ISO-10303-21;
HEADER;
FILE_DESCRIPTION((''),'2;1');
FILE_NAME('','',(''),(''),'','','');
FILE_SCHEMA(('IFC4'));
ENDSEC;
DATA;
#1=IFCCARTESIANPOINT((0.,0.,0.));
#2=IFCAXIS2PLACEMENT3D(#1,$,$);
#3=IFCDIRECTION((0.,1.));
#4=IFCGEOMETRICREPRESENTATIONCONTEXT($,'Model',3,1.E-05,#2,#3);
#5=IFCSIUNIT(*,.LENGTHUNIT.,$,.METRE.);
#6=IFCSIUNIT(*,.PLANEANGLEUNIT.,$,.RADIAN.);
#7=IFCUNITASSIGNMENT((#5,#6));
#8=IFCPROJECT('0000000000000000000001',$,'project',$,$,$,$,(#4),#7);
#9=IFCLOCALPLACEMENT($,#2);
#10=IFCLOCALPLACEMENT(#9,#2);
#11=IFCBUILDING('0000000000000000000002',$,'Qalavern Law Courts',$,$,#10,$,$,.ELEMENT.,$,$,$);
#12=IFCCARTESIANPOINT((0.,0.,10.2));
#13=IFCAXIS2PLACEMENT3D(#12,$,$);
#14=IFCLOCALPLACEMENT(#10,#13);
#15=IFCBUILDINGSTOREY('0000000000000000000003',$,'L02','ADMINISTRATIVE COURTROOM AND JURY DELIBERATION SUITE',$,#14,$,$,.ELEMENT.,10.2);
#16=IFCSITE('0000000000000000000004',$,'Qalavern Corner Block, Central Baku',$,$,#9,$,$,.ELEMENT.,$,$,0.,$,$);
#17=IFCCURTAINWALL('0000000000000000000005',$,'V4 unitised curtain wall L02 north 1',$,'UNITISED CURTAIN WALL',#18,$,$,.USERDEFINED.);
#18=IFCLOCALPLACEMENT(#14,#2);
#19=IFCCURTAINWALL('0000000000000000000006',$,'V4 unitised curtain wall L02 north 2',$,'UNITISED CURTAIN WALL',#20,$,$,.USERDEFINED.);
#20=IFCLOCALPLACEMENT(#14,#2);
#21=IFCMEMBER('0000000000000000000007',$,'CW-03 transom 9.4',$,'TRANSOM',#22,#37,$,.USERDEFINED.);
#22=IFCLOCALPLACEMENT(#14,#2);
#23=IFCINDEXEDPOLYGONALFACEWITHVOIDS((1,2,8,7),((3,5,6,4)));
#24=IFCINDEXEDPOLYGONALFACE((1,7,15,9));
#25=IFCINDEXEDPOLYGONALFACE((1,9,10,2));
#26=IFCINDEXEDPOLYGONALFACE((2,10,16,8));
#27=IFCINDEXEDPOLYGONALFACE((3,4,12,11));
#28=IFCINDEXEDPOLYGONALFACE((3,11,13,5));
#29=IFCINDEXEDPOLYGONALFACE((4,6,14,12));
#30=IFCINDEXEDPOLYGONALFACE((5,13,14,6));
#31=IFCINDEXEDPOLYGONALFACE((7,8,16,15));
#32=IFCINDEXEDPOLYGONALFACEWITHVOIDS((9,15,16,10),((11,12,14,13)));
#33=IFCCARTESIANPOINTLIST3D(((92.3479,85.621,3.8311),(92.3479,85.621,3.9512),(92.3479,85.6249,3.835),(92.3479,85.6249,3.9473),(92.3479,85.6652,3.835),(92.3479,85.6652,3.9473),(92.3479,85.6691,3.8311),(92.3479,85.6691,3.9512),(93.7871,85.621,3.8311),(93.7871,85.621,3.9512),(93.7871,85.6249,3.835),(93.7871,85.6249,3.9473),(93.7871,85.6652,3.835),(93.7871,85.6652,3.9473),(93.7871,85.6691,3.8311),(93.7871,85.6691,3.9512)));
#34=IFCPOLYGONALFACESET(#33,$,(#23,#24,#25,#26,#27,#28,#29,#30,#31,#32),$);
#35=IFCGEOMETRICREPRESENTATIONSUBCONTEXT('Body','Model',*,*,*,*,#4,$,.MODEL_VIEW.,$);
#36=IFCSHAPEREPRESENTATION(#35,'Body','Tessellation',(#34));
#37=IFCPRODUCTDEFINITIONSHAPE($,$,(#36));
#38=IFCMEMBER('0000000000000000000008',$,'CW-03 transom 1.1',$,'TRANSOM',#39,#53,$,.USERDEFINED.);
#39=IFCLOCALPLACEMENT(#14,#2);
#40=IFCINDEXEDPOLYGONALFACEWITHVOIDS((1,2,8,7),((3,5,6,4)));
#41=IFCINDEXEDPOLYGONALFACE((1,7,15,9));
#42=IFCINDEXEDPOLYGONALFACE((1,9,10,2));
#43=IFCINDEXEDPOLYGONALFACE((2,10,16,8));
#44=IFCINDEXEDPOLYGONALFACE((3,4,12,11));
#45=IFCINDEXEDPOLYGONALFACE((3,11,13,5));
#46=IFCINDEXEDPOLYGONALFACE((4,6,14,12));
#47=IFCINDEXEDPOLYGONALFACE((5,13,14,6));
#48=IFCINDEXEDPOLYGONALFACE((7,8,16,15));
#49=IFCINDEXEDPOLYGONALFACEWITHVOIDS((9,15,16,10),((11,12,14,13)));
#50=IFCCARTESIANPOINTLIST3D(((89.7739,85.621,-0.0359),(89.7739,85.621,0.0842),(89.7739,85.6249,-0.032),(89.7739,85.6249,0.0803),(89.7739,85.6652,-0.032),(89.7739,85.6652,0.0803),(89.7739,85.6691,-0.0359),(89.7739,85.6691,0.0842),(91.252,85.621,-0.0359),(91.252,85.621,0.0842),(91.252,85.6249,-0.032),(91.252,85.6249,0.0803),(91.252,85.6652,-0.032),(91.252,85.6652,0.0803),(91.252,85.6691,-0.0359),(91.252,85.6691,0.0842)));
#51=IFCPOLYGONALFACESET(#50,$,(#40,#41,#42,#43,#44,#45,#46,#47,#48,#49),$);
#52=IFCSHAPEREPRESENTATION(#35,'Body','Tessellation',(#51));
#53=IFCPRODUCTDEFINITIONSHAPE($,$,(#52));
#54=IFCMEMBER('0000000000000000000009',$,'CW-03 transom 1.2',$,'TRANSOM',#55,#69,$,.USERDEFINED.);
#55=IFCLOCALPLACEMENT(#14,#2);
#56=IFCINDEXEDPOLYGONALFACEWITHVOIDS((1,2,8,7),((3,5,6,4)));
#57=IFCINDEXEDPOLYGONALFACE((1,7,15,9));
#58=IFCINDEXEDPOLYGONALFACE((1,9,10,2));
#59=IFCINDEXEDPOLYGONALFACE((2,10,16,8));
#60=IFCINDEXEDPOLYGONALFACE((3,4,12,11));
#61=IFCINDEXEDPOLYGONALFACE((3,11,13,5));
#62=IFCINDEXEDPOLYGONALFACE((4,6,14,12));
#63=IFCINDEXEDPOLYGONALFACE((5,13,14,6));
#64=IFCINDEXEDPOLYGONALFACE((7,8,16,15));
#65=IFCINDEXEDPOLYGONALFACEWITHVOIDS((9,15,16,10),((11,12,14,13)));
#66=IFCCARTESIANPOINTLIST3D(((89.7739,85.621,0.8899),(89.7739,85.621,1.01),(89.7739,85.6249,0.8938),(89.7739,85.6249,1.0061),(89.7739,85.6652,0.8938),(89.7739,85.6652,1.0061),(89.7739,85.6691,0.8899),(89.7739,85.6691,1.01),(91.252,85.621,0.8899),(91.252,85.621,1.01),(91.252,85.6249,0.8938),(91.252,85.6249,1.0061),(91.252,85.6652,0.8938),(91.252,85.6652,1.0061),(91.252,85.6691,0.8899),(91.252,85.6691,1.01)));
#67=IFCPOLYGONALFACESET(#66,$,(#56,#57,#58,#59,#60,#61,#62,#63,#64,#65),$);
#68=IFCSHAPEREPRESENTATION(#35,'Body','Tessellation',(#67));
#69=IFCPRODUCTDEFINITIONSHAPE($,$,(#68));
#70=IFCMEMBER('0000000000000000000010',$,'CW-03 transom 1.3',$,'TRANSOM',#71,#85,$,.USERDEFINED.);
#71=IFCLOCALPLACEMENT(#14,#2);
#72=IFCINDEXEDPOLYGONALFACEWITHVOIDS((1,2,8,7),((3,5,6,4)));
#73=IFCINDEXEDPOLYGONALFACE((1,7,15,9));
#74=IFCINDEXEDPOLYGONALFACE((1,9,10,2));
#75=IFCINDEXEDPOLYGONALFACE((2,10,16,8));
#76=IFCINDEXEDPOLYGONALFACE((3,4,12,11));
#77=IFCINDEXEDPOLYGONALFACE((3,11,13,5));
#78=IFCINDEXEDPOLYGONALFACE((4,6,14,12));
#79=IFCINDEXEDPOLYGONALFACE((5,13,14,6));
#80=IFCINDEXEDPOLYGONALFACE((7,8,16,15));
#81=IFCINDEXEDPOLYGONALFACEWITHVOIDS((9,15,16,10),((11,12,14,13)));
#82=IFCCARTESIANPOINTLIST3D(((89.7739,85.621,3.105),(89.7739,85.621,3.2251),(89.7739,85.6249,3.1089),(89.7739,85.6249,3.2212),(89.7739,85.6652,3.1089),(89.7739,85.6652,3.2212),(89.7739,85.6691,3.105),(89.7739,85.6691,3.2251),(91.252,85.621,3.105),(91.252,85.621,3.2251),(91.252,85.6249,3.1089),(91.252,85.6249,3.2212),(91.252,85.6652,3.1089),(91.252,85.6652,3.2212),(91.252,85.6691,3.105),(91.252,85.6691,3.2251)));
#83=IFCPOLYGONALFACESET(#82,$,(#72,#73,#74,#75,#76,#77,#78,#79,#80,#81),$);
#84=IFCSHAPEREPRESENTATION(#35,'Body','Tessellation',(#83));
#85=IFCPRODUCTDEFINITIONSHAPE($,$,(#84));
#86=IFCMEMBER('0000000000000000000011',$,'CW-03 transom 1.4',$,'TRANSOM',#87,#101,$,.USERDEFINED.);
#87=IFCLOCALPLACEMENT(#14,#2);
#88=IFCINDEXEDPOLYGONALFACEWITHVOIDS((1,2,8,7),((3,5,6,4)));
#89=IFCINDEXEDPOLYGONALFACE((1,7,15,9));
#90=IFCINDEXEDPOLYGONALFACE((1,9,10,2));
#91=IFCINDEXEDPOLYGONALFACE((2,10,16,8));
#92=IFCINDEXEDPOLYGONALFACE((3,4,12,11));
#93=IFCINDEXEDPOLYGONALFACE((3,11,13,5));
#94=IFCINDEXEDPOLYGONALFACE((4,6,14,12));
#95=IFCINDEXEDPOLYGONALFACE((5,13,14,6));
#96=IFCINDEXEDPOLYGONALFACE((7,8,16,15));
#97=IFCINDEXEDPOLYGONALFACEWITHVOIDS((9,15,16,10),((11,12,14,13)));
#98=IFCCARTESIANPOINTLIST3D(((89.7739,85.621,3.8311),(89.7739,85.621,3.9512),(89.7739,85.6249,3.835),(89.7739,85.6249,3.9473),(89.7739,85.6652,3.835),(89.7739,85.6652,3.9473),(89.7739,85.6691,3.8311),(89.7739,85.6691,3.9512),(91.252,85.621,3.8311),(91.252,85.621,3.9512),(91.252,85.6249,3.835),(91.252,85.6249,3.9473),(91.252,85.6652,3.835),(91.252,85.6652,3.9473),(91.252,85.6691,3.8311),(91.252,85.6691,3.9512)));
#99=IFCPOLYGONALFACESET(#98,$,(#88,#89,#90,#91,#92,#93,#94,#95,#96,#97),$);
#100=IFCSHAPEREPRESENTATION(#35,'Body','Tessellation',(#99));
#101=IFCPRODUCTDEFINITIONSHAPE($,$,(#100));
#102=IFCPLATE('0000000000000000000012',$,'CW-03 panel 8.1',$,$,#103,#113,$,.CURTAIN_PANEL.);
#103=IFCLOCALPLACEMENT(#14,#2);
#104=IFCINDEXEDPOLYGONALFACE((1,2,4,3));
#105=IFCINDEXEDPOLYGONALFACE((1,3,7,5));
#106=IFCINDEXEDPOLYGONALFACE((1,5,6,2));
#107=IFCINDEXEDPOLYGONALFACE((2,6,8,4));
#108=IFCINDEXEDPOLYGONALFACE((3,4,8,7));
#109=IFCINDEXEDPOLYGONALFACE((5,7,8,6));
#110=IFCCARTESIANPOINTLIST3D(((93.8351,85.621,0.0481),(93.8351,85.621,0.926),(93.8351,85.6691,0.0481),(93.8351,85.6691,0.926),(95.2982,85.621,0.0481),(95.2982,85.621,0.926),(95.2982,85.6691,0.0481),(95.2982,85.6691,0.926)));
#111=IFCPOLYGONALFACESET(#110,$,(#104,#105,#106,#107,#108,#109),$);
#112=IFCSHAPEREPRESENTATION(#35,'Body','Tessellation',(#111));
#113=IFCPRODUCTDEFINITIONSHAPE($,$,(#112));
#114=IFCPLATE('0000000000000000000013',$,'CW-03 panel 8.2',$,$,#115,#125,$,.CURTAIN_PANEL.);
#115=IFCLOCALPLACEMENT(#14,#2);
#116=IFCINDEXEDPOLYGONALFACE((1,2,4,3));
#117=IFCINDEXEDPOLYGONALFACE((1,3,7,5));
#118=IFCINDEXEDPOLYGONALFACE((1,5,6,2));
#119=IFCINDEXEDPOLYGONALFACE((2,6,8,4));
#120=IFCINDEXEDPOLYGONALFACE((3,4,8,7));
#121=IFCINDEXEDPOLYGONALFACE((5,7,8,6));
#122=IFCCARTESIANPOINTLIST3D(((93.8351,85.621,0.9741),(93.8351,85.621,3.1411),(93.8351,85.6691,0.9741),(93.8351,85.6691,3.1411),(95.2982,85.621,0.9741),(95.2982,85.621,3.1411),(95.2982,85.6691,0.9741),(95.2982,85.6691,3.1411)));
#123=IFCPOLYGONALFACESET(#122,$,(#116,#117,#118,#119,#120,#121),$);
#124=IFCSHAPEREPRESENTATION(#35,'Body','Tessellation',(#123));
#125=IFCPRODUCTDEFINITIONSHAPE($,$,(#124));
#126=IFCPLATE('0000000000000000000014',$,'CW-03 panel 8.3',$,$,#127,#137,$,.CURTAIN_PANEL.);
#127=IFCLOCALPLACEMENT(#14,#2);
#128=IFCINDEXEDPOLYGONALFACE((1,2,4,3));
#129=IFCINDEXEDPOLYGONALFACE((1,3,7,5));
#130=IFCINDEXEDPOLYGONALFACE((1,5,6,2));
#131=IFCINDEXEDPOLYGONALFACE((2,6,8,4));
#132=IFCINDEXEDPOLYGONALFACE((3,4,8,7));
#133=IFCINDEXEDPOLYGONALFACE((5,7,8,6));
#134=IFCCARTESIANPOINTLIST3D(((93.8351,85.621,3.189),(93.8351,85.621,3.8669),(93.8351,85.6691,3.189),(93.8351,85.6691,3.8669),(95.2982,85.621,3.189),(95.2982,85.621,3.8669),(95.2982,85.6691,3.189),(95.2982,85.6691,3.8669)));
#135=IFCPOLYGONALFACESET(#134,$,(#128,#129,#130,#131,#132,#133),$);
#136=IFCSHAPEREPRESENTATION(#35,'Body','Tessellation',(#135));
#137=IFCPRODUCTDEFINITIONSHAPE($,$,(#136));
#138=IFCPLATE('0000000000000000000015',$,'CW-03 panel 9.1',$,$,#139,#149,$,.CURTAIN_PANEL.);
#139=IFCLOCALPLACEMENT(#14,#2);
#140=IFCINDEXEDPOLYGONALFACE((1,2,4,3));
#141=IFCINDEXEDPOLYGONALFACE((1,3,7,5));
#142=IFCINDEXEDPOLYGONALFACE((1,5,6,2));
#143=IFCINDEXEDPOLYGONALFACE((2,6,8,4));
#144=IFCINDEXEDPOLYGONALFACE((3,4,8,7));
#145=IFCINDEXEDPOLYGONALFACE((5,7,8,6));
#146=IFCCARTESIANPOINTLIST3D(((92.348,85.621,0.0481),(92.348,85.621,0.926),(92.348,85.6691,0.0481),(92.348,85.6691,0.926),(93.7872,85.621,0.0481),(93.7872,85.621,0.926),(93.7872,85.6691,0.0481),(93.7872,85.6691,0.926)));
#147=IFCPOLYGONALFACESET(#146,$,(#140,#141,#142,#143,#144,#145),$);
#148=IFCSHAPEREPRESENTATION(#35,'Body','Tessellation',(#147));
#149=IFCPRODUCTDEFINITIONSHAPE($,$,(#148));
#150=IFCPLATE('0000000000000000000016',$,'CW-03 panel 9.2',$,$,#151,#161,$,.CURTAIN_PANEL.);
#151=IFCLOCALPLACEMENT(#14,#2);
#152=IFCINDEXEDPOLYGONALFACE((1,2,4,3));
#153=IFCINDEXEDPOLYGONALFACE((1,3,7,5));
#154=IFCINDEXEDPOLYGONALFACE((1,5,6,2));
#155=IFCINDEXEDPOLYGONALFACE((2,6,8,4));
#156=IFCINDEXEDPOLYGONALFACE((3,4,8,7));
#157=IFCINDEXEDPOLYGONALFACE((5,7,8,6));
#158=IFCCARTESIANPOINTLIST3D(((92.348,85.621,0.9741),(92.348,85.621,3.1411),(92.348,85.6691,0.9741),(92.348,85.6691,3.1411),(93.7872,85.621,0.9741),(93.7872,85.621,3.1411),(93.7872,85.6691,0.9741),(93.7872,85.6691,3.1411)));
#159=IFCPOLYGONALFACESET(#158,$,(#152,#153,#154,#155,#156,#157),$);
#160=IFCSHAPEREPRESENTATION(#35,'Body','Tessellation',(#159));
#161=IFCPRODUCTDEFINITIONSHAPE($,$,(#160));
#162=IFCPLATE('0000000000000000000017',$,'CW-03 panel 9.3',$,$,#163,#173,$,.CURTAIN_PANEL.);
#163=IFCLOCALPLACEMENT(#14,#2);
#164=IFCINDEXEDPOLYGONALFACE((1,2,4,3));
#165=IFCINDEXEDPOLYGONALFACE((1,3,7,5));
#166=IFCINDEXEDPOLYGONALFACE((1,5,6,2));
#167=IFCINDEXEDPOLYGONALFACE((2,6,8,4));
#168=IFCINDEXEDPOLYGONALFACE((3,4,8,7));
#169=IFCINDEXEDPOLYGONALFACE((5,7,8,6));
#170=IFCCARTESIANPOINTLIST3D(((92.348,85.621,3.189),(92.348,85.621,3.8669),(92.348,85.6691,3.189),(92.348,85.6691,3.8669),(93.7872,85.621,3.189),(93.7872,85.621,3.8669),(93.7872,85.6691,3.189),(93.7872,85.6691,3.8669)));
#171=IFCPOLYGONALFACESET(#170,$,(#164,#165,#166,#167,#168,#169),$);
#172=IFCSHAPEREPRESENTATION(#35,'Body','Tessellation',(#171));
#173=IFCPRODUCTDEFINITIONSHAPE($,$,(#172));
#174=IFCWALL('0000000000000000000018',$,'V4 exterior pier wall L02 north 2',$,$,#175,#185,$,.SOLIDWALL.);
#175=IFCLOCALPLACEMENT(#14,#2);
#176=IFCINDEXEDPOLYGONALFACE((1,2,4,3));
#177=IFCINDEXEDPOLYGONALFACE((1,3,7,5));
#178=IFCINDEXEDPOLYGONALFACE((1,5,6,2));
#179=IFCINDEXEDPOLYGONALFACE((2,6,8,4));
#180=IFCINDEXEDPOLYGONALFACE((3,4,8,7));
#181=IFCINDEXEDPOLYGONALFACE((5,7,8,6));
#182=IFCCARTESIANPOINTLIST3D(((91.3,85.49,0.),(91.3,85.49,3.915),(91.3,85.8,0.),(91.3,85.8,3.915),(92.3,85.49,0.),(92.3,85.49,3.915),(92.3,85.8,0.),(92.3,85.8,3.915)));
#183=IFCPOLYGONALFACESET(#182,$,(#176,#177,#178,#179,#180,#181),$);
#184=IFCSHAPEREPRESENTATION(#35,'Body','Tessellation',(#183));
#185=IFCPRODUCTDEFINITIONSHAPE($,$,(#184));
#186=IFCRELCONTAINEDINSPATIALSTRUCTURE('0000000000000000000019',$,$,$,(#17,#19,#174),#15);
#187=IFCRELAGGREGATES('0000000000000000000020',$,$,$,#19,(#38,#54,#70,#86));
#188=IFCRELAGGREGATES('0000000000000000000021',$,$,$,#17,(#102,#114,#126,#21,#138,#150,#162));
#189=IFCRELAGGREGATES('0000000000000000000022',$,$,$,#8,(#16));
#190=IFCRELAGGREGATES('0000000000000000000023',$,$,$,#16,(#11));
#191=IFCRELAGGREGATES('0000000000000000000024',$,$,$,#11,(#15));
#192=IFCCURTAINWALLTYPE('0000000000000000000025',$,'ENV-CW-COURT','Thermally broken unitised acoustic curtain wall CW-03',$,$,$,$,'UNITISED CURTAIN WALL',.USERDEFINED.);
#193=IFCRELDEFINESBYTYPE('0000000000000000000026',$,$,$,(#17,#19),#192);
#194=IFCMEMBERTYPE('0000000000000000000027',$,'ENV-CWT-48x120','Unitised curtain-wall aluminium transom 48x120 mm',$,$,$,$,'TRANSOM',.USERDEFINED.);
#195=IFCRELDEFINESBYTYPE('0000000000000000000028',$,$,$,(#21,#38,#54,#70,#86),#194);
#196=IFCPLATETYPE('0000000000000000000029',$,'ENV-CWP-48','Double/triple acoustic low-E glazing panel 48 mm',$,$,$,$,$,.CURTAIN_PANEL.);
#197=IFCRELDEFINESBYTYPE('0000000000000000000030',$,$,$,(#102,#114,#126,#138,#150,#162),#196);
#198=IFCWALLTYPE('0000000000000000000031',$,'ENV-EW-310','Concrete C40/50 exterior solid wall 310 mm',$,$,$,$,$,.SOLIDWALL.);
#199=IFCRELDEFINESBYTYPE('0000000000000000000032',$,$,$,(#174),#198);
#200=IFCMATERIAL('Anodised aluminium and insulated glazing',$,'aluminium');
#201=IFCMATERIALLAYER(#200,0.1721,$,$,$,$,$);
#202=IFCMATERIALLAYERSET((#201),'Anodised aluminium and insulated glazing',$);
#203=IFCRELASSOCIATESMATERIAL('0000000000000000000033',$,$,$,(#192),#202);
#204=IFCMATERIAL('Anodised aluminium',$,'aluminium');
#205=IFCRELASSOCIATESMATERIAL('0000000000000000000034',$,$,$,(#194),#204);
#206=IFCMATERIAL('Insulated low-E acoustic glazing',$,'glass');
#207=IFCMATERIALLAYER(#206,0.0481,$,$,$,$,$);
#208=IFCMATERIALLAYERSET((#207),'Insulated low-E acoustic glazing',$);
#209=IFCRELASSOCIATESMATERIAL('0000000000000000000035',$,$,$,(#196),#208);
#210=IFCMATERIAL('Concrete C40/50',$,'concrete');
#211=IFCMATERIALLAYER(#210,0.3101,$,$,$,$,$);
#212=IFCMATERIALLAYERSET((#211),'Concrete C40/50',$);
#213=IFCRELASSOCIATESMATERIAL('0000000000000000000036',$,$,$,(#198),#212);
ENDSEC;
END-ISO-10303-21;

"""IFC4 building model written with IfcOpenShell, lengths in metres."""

from ifc_helpers import new_model, si_unit, direction, frame, frame_2d, origin, origin_2d, place, context, subcontext, project, spatial, rectangle, hollow_rectangle, extrude, material, layer, layer_set, material_profile, profile_set, type_object, element, aggregate, save


model = new_model("IFC4")

# Units and contexts
model_context = context("Model", 3, precision=1e-05, world=origin(), true_north=direction((0.0, 1.0)))
body_context = subcontext(model_context, "Body", "Model", "MODEL_VIEW")
ifc_project = project(units=[si_unit("LENGTHUNIT", "METRE"), si_unit("PLANEANGLEUNIT", "RADIAN")], contexts=[model_context])

# Site, building, storey
site_placement = place(None, origin())
site = spatial("IfcSite", under=ifc_project, at=site_placement, Name="Qalavern Corner Block, Central Baku", CompositionType="ELEMENT", RefElevation=0.0)
building_placement = place(site_placement, origin())
building = spatial("IfcBuilding", under=site, at=building_placement, Name="Qalavern Law Courts", CompositionType="ELEMENT")
storey_placement = place(building_placement, frame((0.0, 0.0, 10.2)))
storey = spatial("IfcBuildingStorey", under=building, at=storey_placement, Name="L02", Description="ADMINISTRATIVE COURTROOM AND JURY DELIBERATION SUITE", CompositionType="ELEMENT", Elevation=10.2)

# Curtain wall
ifc_material_1 = material(Name="Anodised aluminium and insulated glazing", Category="aluminium")
ifc_layer_1 = layer(ifc_material_1, 0.1721)
ifc_layer_set_1 = layer_set([ifc_layer_1], Name="Anodised aluminium and insulated glazing")
curtain_wall_type = type_object("IfcCurtainWallType", Name="ENV-CW-COURT", Description="Thermally broken unitised acoustic curtain wall CW-03", ElementType="UNITISED CURTAIN WALL", PredefinedType="USERDEFINED", material=ifc_layer_set_1)
curtain_wall_1_placement = place(storey_placement, origin())
curtain_wall_1 = element("IfcCurtainWall", 1, at=curtain_wall_1_placement, inside=storey, type_object=curtain_wall_type, Name="V4 unitised curtain wall L02 north 1", ObjectType="UNITISED CURTAIN WALL", PredefinedType="USERDEFINED")
ifc_material_2 = material(Name="Anodised aluminium", Category="aluminium")

# Curtain wall
curtain_wall_2_placement = place(storey_placement, origin())
curtain_wall_2 = element("IfcCurtainWall", 2, at=curtain_wall_2_placement, inside=storey, type_object=curtain_wall_type, Name="V4 unitised curtain wall L02 north 2", ObjectType="UNITISED CURTAIN WALL", PredefinedType="USERDEFINED")

# Members
ifc_material_profile_1 = material_profile(ifc_material_2, hollow_rectangle(XDim=0.0481, YDim=0.1201, WallThickness=0.0039, at=origin_2d()), Name="ALU TRANSOM 48x120")
ifc_profile_set_1 = profile_set([ifc_material_profile_1], Name="Anodised aluminium")
member_type_1 = type_object("IfcMemberType", Name="ENV-CWT-48x120", Description="Unitised curtain-wall aluminium transom 48x120 mm", ElementType="TRANSOM", PredefinedType="USERDEFINED", material=ifc_profile_set_1)
member_1_placement = place(storey_placement, frame((93.7871, 85.645, 3.8911), z_axis=(-1.0, 0.0, 0.0), x_axis=(0.0, -1.0, 0.0)))
member_1 = element("IfcMember", 3, at=member_1_placement, type_object=member_type_1, Name="CW-03 transom 9.4", ObjectType="TRANSOM", PredefinedType="USERDEFINED", context=body_context, shape_type="SweptSolid", body=[
    extrude(hollow_rectangle(XDim=0.0481, YDim=0.1201, WallThickness=0.0039, at=origin_2d()), origin(), (0.0, 0.0, 1.0), 1.4392),
])
member_2_placement = place(storey_placement, frame((91.252, 85.645, 0.0242), z_axis=(-1.0, 0.0, 0.0), x_axis=(0.0, -1.0, 0.0)))
member_2 = element("IfcMember", 4, at=member_2_placement, type_object=member_type_1, Name="CW-03 transom 1.1", ObjectType="TRANSOM", PredefinedType="USERDEFINED", context=body_context, shape_type="SweptSolid", body=[
    extrude(hollow_rectangle(XDim=0.0481, YDim=0.1201, WallThickness=0.0039, at=origin_2d()), origin(), (0.0, 0.0, 1.0), 1.478),
])
member_3_placement = place(storey_placement, frame((91.252, 85.645, 0.95), z_axis=(-1.0, 0.0, 0.0), x_axis=(0.0, -1.0, 0.0)))
member_3 = element("IfcMember", 5, at=member_3_placement, type_object=member_type_1, Name="CW-03 transom 1.2", ObjectType="TRANSOM", PredefinedType="USERDEFINED", context=body_context, shape_type="SweptSolid", body=[
    extrude(hollow_rectangle(XDim=0.0481, YDim=0.1201, WallThickness=0.0039, at=origin_2d()), origin(), (0.0, 0.0, 1.0), 1.478),
])
member_4_placement = place(storey_placement, frame((91.252, 85.645, 3.165), z_axis=(-1.0, 0.0, 0.0), x_axis=(0.0, -1.0, 0.0)))
member_4 = element("IfcMember", 6, at=member_4_placement, type_object=member_type_1, Name="CW-03 transom 1.3", ObjectType="TRANSOM", PredefinedType="USERDEFINED", context=body_context, shape_type="SweptSolid", body=[
    extrude(hollow_rectangle(XDim=0.0481, YDim=0.1201, WallThickness=0.0039, at=origin_2d()), origin(), (0.0, 0.0, 1.0), 1.478),
])
member_5_placement = place(storey_placement, frame((91.252, 85.645, 3.8911), z_axis=(-1.0, 0.0, 0.0), x_axis=(0.0, -1.0, 0.0)))
member_5 = element("IfcMember", 7, at=member_5_placement, type_object=member_type_1, Name="CW-03 transom 1.4", ObjectType="TRANSOM", PredefinedType="USERDEFINED", context=body_context, shape_type="SweptSolid", body=[
    extrude(hollow_rectangle(XDim=0.0481, YDim=0.1201, WallThickness=0.0039, at=origin_2d()), origin(), (0.0, 0.0, 1.0), 1.478),
])
aggregate(curtain_wall_2, [member_2, member_3, member_4, member_5])

# Plates
ifc_material_3 = material(Name="Insulated low-E acoustic glazing", Category="glass")
ifc_layer_2 = layer(ifc_material_3, 0.0481)
ifc_layer_set_2 = layer_set([ifc_layer_2], Name="Insulated low-E acoustic glazing")
plate_type = type_object("IfcPlateType", Name="ENV-CWP-48", Description="Double/triple acoustic low-E glazing panel 48 mm", PredefinedType="CURTAIN_PANEL", material=ifc_layer_set_2)
plate_1_placement = place(storey_placement, frame((94.5667, 85.645, 0.0481), z_axis=(0.0, 0.0, 1.0), x_axis=(-1.0, 0.0, 0.0)))
plate_1 = element("IfcPlate", 8, at=plate_1_placement, type_object=plate_type, Name="CW-03 panel 8.1", PredefinedType="CURTAIN_PANEL", context=body_context, shape_type="SweptSolid", body=[
    extrude(rectangle(XDim=1.4631, YDim=0.0481, at=origin_2d()), origin(), (0.0, 0.0, 1.0), 0.8779),
])
plate_2_placement = place(storey_placement, frame((94.5667, 85.645, 0.9741), z_axis=(0.0, 0.0, 1.0), x_axis=(-1.0, 0.0, 0.0)))
plate_2 = element("IfcPlate", 9, at=plate_2_placement, type_object=plate_type, Name="CW-03 panel 8.2", PredefinedType="CURTAIN_PANEL", context=body_context, shape_type="SweptSolid", body=[
    extrude(rectangle(XDim=1.4631, YDim=0.0481, at=origin_2d()), origin(), (0.0, 0.0, 1.0), 2.167),
])
plate_3_placement = place(storey_placement, frame((94.5667, 85.645, 3.189), z_axis=(0.0, 0.0, 1.0), x_axis=(-1.0, 0.0, 0.0)))
plate_3 = element("IfcPlate", 10, at=plate_3_placement, type_object=plate_type, Name="CW-03 panel 8.3", PredefinedType="CURTAIN_PANEL", context=body_context, shape_type="SweptSolid", body=[
    extrude(rectangle(XDim=1.4631, YDim=0.0481, at=origin_2d()), origin(), (0.0, 0.0, 1.0), 0.678),
])
plate_4_placement = place(storey_placement, frame((93.0676, 85.645, 0.0481), z_axis=(0.0, 0.0, 1.0), x_axis=(-1.0, 0.0, 0.0)))
plate_4 = element("IfcPlate", 11, at=plate_4_placement, type_object=plate_type, Name="CW-03 panel 9.1", PredefinedType="CURTAIN_PANEL", context=body_context, shape_type="SweptSolid", body=[
    extrude(rectangle(XDim=1.4392, YDim=0.0481, at=origin_2d()), origin(), (0.0, 0.0, 1.0), 0.8779),
])
plate_5_placement = place(storey_placement, frame((93.0676, 85.645, 0.9741), z_axis=(0.0, 0.0, 1.0), x_axis=(-1.0, 0.0, 0.0)))
plate_5 = element("IfcPlate", 12, at=plate_5_placement, type_object=plate_type, Name="CW-03 panel 9.2", PredefinedType="CURTAIN_PANEL", context=body_context, shape_type="SweptSolid", body=[
    extrude(rectangle(XDim=1.4392, YDim=0.0481, at=origin_2d()), origin(), (0.0, 0.0, 1.0), 2.167),
])
plate_6_placement = place(storey_placement, frame((93.0676, 85.645, 3.189), z_axis=(0.0, 0.0, 1.0), x_axis=(-1.0, 0.0, 0.0)))
plate_6 = element("IfcPlate", 13, at=plate_6_placement, type_object=plate_type, Name="CW-03 panel 9.3", PredefinedType="CURTAIN_PANEL", context=body_context, shape_type="SweptSolid", body=[
    extrude(rectangle(XDim=1.4392, YDim=0.0481, at=origin_2d()), origin(), (0.0, 0.0, 1.0), 0.678),
])
aggregate(curtain_wall_1, [plate_1, plate_2, plate_3, member_1, plate_4, plate_5, plate_6])

# Wall
ifc_material_4 = material(Name="Concrete C40/50", Category="concrete")
ifc_layer_3 = layer(ifc_material_4, 0.3101)
ifc_layer_set_3 = layer_set([ifc_layer_3], Name="Concrete C40/50")
wall_type = type_object("IfcWallType", Name="ENV-EW-310", Description="Concrete C40/50 exterior solid wall 310 mm", PredefinedType="SOLIDWALL", material=ifc_layer_set_3)
wall_placement = place(storey_placement, frame((92.3, 85.645, 0.0), z_axis=(0.0, 0.0, 1.0), x_axis=(-1.0, 0.0, 0.0)))
element("IfcWall", 14, at=wall_placement, inside=storey, type_object=wall_type, Name="V4 exterior pier wall L02 north 2", PredefinedType="SOLIDWALL", context=body_context, shape_type="SweptSolid", body=[
    extrude(rectangle(XDim=1.0, YDim=0.3101, at=frame_2d((0.5, 0.0))), origin(), (0.0, 0.0, 1.0), 3.915),
])

save(model, "model.ifc")
